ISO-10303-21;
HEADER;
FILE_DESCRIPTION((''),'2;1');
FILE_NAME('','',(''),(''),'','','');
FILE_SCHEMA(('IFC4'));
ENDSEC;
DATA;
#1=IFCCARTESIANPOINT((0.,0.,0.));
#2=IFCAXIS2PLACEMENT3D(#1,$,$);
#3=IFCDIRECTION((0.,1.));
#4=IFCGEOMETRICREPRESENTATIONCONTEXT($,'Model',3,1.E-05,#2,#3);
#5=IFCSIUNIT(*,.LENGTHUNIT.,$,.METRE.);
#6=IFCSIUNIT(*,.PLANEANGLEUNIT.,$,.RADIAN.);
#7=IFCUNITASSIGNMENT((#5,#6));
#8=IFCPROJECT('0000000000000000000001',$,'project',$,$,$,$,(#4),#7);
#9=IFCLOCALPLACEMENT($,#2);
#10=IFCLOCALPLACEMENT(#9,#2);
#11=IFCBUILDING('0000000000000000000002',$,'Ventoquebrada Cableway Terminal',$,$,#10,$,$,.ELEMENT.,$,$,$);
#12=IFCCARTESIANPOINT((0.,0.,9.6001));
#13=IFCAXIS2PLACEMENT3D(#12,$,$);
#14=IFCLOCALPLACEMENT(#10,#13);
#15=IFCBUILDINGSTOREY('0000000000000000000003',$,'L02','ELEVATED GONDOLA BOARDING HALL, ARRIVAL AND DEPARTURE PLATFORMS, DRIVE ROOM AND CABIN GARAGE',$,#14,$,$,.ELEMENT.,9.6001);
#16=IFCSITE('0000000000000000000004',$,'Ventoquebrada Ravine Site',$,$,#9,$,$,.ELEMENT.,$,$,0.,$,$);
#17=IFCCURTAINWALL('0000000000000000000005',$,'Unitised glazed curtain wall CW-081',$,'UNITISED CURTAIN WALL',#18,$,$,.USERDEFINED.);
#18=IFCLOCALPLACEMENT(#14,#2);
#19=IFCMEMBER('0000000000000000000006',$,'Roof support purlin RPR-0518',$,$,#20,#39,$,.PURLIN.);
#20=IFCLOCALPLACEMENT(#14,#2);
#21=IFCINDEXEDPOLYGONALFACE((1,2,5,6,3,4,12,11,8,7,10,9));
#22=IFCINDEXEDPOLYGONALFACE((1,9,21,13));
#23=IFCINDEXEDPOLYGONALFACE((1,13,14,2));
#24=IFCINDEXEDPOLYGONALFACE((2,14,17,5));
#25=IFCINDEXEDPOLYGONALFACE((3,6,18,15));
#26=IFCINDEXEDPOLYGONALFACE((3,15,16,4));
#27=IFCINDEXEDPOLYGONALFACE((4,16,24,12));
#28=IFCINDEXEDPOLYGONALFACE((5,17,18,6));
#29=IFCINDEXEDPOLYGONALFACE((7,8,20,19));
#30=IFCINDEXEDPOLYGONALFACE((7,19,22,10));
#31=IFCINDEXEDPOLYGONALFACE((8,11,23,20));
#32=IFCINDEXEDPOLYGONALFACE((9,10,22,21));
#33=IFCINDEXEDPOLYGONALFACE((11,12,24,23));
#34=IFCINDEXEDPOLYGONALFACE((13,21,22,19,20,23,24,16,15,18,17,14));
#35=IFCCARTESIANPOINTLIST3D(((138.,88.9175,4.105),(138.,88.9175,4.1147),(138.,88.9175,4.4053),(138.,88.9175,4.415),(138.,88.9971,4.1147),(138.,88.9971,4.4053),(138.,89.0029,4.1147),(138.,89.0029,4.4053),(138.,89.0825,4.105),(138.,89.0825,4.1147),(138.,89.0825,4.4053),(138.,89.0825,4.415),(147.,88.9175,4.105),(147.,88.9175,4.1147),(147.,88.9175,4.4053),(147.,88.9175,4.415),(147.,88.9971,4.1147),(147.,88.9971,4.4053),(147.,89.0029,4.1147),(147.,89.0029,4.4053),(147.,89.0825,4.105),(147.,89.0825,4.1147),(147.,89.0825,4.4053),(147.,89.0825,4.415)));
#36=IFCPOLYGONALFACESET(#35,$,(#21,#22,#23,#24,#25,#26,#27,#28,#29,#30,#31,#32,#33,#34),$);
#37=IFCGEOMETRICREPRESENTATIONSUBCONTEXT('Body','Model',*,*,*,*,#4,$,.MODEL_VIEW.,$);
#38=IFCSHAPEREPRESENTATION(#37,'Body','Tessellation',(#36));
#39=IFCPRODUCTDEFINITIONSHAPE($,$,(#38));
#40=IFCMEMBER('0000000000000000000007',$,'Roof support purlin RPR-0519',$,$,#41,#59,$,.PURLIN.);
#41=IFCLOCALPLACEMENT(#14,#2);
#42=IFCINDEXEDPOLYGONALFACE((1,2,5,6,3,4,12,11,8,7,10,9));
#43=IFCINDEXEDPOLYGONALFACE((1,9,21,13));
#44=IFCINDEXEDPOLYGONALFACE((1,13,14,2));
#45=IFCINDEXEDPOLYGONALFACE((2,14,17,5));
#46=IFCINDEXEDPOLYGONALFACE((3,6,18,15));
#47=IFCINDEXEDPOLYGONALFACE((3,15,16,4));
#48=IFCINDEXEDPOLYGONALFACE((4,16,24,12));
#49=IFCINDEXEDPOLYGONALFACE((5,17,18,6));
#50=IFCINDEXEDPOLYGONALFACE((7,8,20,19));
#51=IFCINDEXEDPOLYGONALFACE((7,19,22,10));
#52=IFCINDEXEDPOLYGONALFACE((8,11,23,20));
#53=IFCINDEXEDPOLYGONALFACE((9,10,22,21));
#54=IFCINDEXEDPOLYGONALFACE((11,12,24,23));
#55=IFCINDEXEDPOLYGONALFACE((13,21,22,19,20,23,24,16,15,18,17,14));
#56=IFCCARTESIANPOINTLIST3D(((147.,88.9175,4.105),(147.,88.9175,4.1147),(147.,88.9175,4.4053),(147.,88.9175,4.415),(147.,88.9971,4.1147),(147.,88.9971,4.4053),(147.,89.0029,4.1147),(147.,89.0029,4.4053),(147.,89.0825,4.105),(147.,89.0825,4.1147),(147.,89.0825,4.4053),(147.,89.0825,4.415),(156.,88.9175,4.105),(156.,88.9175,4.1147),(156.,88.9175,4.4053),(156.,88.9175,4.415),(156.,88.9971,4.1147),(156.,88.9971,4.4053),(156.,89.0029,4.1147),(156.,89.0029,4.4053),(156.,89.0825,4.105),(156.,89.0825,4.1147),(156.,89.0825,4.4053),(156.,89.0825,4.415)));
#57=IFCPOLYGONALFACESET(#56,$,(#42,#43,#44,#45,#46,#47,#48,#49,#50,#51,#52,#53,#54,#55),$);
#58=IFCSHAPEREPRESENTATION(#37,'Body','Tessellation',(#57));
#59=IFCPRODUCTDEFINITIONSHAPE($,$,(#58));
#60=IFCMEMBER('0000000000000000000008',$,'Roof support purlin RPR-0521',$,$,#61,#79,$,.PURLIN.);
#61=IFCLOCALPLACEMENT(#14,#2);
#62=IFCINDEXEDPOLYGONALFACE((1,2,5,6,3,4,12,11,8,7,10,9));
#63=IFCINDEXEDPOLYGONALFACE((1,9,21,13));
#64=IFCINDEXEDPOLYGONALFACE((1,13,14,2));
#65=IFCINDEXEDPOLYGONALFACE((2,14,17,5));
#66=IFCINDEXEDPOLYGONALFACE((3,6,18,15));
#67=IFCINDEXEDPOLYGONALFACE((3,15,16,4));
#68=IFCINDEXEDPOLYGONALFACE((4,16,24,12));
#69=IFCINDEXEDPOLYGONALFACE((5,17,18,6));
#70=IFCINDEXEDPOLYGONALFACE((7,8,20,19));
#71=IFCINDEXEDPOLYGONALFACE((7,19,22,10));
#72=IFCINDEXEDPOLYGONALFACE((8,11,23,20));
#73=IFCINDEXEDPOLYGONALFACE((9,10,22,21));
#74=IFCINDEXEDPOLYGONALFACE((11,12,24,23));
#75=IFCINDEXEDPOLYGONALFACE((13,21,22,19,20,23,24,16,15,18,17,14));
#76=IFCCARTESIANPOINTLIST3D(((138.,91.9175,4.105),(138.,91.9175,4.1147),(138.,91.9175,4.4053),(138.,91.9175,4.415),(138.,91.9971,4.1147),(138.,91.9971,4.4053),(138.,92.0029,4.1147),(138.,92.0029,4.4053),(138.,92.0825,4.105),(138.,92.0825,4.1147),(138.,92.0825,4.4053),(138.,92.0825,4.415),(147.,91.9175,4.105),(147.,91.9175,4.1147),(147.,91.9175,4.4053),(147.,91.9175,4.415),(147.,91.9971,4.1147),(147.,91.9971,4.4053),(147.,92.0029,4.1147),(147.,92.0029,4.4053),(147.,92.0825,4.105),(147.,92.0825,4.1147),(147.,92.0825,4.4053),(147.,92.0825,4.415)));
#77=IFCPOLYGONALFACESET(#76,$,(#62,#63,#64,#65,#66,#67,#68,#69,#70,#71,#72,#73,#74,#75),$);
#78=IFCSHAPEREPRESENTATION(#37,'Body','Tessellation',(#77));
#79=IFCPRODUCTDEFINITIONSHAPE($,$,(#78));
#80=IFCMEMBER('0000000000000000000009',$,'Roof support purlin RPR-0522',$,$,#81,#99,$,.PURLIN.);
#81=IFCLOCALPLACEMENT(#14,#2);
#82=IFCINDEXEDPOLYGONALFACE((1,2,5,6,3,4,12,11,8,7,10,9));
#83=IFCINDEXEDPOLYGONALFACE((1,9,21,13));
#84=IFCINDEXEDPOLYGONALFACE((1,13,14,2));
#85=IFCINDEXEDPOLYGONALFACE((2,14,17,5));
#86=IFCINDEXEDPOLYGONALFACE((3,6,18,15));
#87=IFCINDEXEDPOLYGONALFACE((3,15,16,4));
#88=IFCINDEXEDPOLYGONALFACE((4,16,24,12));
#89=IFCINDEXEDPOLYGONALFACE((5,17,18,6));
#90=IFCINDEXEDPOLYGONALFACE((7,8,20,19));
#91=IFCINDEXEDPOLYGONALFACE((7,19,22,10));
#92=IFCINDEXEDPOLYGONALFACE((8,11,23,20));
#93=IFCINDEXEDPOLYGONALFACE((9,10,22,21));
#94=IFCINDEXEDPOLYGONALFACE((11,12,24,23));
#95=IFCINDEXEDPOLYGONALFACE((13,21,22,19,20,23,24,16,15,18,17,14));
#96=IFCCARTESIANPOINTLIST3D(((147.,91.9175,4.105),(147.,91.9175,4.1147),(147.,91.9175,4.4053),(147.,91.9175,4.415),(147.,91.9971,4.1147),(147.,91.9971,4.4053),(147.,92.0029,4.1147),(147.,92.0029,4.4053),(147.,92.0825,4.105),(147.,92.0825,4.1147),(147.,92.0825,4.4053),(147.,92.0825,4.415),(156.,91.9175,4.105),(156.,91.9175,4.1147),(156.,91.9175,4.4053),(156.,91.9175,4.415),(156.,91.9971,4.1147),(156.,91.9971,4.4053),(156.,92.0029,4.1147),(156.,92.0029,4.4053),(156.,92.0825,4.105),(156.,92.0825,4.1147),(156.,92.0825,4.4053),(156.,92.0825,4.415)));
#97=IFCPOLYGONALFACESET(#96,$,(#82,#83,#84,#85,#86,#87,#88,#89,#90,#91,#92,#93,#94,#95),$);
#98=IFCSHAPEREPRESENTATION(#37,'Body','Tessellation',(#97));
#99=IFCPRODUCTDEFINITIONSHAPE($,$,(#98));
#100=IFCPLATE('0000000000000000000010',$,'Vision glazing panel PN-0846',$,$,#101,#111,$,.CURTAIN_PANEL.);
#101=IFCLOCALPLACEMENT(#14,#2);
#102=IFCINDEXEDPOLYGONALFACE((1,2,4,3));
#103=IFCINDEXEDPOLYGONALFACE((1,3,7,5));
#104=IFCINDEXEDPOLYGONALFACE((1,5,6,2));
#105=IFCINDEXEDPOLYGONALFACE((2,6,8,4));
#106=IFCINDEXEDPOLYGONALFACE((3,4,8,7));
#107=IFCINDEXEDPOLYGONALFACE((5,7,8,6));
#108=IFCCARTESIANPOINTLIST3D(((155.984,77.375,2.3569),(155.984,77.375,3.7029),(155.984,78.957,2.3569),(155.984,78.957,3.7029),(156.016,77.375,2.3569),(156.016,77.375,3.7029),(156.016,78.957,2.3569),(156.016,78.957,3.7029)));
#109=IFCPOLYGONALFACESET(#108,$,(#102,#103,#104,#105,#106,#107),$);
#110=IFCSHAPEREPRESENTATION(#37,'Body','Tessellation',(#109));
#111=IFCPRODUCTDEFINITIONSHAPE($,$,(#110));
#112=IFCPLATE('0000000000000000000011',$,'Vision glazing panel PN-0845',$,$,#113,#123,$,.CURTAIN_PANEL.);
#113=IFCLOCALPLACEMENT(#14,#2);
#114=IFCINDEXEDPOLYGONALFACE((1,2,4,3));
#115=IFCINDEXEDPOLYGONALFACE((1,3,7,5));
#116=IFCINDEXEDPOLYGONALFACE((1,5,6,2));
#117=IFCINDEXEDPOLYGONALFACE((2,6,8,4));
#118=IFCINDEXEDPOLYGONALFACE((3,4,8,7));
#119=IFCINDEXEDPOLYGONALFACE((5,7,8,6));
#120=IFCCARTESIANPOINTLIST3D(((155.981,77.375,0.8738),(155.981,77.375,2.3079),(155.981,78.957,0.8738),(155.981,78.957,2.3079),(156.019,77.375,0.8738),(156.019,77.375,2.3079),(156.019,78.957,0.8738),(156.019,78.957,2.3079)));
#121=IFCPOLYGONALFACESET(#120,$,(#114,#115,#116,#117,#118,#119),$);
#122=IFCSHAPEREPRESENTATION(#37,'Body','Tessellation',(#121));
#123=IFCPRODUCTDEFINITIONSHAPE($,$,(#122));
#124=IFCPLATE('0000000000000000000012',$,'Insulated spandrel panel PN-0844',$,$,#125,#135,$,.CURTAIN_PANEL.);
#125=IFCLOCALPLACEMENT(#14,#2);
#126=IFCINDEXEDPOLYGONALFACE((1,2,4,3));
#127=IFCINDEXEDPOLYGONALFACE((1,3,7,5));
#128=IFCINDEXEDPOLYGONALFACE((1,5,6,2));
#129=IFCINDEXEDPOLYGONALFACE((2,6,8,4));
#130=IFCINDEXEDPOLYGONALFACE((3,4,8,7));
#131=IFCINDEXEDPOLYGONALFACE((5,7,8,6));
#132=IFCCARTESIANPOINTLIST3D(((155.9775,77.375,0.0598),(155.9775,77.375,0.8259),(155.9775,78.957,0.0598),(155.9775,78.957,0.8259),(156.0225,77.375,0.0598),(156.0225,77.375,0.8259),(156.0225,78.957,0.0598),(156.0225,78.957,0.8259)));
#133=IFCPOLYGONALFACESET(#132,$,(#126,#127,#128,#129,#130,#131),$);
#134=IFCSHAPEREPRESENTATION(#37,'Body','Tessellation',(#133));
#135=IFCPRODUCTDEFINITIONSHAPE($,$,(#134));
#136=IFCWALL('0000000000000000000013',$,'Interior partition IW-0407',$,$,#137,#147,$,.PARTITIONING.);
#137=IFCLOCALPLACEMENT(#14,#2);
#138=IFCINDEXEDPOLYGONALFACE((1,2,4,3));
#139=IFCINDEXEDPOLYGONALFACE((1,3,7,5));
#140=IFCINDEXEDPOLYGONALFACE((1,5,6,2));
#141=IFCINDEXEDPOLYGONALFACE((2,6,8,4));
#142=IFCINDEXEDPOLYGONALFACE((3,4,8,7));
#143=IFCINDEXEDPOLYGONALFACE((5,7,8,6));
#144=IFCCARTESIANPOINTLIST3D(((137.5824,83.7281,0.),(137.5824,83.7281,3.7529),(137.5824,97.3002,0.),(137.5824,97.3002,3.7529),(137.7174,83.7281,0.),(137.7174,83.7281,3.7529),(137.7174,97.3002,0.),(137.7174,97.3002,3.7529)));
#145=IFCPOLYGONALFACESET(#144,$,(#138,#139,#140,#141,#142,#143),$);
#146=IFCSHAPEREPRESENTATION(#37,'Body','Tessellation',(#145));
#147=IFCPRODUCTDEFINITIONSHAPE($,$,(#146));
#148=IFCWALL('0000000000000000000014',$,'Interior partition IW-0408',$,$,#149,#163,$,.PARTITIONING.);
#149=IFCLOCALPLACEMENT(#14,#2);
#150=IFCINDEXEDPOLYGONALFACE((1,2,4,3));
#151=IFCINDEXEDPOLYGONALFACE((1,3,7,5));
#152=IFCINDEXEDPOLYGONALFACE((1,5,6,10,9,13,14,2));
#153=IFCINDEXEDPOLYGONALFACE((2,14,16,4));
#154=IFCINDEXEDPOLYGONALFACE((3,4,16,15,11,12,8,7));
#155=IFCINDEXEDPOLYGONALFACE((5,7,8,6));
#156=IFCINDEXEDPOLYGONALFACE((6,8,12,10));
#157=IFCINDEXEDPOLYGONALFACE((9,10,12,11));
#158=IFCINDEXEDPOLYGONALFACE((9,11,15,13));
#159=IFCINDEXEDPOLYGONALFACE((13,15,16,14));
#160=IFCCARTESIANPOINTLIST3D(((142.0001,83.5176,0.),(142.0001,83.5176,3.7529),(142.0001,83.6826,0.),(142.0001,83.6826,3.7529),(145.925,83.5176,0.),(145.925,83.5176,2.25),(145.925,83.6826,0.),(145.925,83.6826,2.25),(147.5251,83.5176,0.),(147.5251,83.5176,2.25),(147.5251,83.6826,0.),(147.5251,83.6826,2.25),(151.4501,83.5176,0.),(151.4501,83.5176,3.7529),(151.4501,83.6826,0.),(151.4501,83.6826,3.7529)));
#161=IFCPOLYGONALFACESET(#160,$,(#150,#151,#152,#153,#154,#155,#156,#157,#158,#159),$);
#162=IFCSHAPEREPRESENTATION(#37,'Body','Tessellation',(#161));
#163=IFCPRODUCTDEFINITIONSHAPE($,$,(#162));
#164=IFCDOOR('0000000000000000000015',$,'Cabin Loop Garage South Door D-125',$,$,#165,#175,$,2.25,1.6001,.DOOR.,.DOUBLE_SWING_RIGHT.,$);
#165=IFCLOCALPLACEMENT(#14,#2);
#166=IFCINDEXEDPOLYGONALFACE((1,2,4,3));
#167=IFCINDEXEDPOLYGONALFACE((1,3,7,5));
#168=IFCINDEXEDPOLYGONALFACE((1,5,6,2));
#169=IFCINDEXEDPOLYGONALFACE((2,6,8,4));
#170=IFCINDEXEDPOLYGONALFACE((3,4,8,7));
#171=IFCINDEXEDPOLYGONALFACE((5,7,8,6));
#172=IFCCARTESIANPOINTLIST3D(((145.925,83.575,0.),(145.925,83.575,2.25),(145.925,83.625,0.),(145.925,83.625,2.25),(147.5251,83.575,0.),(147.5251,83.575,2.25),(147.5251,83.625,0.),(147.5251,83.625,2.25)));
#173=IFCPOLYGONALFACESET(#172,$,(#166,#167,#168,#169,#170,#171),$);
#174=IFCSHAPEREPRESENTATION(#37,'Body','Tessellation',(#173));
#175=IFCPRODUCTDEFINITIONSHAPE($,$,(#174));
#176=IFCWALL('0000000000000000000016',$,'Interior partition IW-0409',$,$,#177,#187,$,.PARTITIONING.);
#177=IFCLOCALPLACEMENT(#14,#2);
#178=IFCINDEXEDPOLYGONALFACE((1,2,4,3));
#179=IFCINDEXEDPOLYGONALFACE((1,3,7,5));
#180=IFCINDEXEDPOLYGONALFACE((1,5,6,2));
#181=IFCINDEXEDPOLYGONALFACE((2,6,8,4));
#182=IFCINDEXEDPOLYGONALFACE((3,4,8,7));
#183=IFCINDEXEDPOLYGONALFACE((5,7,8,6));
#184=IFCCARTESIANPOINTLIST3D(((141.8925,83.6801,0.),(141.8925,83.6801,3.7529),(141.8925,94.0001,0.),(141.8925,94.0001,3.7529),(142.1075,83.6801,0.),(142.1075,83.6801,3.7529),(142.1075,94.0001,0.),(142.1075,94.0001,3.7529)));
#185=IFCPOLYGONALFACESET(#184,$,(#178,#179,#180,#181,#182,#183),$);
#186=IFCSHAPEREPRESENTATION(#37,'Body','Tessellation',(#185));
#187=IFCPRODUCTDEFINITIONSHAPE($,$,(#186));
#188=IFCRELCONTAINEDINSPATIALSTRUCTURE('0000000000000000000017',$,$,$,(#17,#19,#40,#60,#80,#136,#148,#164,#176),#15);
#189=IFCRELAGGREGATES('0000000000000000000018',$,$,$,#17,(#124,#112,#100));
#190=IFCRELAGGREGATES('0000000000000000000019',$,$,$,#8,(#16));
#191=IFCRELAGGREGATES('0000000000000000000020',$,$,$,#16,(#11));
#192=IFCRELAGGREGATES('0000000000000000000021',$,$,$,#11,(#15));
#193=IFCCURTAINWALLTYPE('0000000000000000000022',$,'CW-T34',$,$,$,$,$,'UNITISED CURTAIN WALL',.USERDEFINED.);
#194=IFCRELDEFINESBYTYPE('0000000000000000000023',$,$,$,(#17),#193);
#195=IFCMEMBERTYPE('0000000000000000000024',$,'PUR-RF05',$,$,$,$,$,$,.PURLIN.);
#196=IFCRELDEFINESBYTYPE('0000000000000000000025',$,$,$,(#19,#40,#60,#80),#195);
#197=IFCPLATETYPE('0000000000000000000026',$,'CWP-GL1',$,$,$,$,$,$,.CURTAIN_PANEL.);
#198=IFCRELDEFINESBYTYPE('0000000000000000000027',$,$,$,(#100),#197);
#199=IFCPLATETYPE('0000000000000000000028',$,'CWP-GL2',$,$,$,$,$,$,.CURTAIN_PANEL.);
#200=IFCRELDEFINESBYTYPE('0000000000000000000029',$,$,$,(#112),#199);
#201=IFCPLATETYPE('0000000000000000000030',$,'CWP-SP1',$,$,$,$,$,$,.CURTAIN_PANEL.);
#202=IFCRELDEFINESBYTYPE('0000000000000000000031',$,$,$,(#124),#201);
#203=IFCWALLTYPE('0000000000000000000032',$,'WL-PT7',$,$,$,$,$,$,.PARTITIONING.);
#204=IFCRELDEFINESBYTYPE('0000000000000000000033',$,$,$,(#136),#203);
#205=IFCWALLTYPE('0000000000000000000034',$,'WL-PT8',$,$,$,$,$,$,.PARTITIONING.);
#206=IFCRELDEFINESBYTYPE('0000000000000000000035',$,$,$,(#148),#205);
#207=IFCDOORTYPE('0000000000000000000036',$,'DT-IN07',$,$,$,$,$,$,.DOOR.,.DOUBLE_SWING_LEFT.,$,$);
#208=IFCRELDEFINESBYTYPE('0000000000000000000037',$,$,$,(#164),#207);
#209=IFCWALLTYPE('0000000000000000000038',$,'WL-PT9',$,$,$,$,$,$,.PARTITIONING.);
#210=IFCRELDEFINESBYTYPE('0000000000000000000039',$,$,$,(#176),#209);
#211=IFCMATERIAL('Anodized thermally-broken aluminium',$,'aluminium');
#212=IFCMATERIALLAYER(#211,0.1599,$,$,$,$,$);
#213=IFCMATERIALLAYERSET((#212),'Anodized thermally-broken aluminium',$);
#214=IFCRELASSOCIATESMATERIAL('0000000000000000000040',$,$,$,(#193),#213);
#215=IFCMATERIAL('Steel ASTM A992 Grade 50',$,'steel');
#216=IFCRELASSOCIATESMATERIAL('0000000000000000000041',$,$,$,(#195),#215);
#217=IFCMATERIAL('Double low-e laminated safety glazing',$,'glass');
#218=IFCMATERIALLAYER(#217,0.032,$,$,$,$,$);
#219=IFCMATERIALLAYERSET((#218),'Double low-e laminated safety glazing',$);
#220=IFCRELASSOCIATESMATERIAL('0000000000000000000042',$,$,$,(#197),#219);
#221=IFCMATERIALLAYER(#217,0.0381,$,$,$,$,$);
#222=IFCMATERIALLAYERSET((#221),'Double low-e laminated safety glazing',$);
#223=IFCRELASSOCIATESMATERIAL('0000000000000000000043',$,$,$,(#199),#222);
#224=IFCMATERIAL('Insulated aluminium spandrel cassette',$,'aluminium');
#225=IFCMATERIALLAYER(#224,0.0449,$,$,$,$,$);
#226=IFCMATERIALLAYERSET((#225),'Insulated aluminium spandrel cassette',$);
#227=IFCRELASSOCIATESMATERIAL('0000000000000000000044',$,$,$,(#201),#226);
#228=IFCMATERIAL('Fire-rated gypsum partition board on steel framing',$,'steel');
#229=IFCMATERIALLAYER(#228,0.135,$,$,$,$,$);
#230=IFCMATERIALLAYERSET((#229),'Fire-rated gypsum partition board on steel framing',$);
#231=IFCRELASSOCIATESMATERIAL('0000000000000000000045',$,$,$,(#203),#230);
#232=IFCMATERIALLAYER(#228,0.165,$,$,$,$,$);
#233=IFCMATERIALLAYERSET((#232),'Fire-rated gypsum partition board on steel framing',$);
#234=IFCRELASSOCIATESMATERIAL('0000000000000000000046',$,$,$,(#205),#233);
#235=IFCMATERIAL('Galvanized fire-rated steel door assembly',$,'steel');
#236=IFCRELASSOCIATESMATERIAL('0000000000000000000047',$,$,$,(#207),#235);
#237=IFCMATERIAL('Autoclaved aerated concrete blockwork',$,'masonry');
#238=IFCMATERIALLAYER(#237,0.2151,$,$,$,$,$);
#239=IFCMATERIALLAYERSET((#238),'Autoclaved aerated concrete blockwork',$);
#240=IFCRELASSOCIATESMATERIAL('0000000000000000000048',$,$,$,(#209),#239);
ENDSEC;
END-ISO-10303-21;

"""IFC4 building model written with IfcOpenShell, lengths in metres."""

from ifc_helpers import new_model, si_unit, direction, frame, frame_2d, origin, origin_2d, place, context, subcontext, project, spatial, rectangle, i_section, extrude, material, layer, layer_set, material_profile, profile_set, type_object, element, fill, aggregate, save


model = new_model("IFC4")

# Units and contexts
model_context = context("Model", 3, precision=1e-05, world=origin(), true_north=direction((0.0, 1.0)))
body_context = subcontext(model_context, "Body", "Model", "MODEL_VIEW")
ifc_project = project(units=[si_unit("LENGTHUNIT", "METRE"), si_unit("PLANEANGLEUNIT", "RADIAN")], contexts=[model_context])

# Site, building, storey
site_placement = place(None, origin())
site = spatial("IfcSite", under=ifc_project, at=site_placement, Name="Ventoquebrada Ravine Site", CompositionType="ELEMENT", RefElevation=0.0)
building_placement = place(site_placement, origin())
building = spatial("IfcBuilding", under=site, at=building_placement, Name="Ventoquebrada Cableway Terminal", CompositionType="ELEMENT")
storey_placement = place(building_placement, frame((0.0, 0.0, 9.6001)))
storey = spatial("IfcBuildingStorey", under=building, at=storey_placement, Name="L02", Description="ELEVATED GONDOLA BOARDING HALL, ARRIVAL AND DEPARTURE PLATFORMS, DRIVE ROOM AND CABIN GARAGE", CompositionType="ELEMENT", Elevation=9.6001)

# Shared definitions
ifc_material_1 = material(Name="Steel ASTM A992 Grade 50", Category="steel")

# Curtain wall
ifc_material_2 = material(Name="Anodized thermally-broken aluminium", Category="aluminium")
ifc_layer_1 = layer(ifc_material_2, 0.1599)
ifc_layer_set_1 = layer_set([ifc_layer_1], Name="Anodized thermally-broken aluminium")
curtain_wall_type = type_object("IfcCurtainWallType", Name="CW-T34", ElementType="UNITISED CURTAIN WALL", PredefinedType="USERDEFINED", material=ifc_layer_set_1)
curtain_wall_placement = place(storey_placement, origin())
curtain_wall = element("IfcCurtainWall", 1, at=curtain_wall_placement, inside=storey, type_object=curtain_wall_type, Name="Unitised glazed curtain wall CW-081", ObjectType="UNITISED CURTAIN WALL", PredefinedType="USERDEFINED")

# Members
ifc_material_profile_1 = material_profile(ifc_material_1, i_section(OverallWidth=0.165, OverallDepth=0.3101, WebThickness=0.0059, FlangeThickness=0.0098, at=origin_2d()), Name="W12X26")
ifc_profile_set_1 = profile_set([ifc_material_profile_1], Name="Steel ASTM A992 Grade 50")
member_type_1 = type_object("IfcMemberType", Name="PUR-RF05", PredefinedType="PURLIN", material=ifc_profile_set_1)
for number, where, z_axis, x_axis, name in (
    (2, (138.0, 89.0, 4.26), (1.0, 0.0, 0.0), (0.0, 1.0, 0.0), "Roof support purlin RPR-0518"),
    (3, (147.0, 89.0, 4.26), (1.0, 0.0, 0.0), (0.0, 1.0, 0.0), "Roof support purlin RPR-0519"),
    (4, (138.0, 92.0, 4.26), (1.0, 0.0, 0.0), (0.0, 1.0, 0.0), "Roof support purlin RPR-0521"),
    (5, (147.0, 92.0, 4.26), (1.0, 0.0, 0.0), (0.0, 1.0, 0.0), "Roof support purlin RPR-0522"),
):
    element("IfcMember", number, at=place(storey_placement, frame(where, z_axis=z_axis, x_axis=x_axis)), inside=storey, type_object=member_type_1, Name=name, PredefinedType="PURLIN", context=body_context, shape_type="SweptSolid", body=[
        extrude(i_section(OverallWidth=0.165, OverallDepth=0.3101, WebThickness=0.0059, FlangeThickness=0.0098, at=origin_2d()), origin(), (0.0, 0.0, 1.0), 9.0),
    ])

# Plates
ifc_material_3 = material(Name="Double low-e laminated safety glazing", Category="glass")
ifc_layer_2 = layer(ifc_material_3, 0.032)
ifc_layer_set_2 = layer_set([ifc_layer_2], Name="Double low-e laminated safety glazing")
plate_type_1 = type_object("IfcPlateType", Name="CWP-GL1", PredefinedType="CURTAIN_PANEL", material=ifc_layer_set_2)
plate_1_placement = place(storey_placement, frame((156.0, 78.166, 2.3569), z_axis=(0.0, 0.0, 1.0), x_axis=(0.0, 1.0, 0.0)))
plate_1 = element("IfcPlate", 6, at=plate_1_placement, type_object=plate_type_1, Name="Vision glazing panel PN-0846", PredefinedType="CURTAIN_PANEL", context=body_context, shape_type="SweptSolid", body=[
    extrude(rectangle(XDim=1.582, YDim=0.032, at=origin_2d()), origin(), (0.0, 0.0, 1.0), 1.3459),
])
ifc_layer_3 = layer(ifc_material_3, 0.0381)
ifc_layer_set_3 = layer_set([ifc_layer_3], Name="Double low-e laminated safety glazing")
plate_type_2 = type_object("IfcPlateType", Name="CWP-GL2", PredefinedType="CURTAIN_PANEL", material=ifc_layer_set_3)
plate_2_placement = place(storey_placement, frame((156.0, 78.166, 0.8738), z_axis=(0.0, 0.0, 1.0), x_axis=(0.0, 1.0, 0.0)))
plate_2 = element("IfcPlate", 7, at=plate_2_placement, type_object=plate_type_2, Name="Vision glazing panel PN-0845", PredefinedType="CURTAIN_PANEL", context=body_context, shape_type="SweptSolid", body=[
    extrude(rectangle(XDim=1.582, YDim=0.0381, at=origin_2d()), origin(), (0.0, 0.0, 1.0), 1.4341),
])
ifc_material_4 = material(Name="Insulated aluminium spandrel cassette", Category="aluminium")
ifc_layer_4 = layer(ifc_material_4, 0.0449)
ifc_layer_set_4 = layer_set([ifc_layer_4], Name="Insulated aluminium spandrel cassette")
plate_type_3 = type_object("IfcPlateType", Name="CWP-SP1", PredefinedType="CURTAIN_PANEL", material=ifc_layer_set_4)
plate_3_placement = place(storey_placement, frame((156.0, 78.166, 0.0598), z_axis=(0.0, 0.0, 1.0), x_axis=(0.0, 1.0, 0.0)))
plate_3 = element("IfcPlate", 8, at=plate_3_placement, type_object=plate_type_3, Name="Insulated spandrel panel PN-0844", PredefinedType="CURTAIN_PANEL", context=body_context, shape_type="SweptSolid", body=[
    extrude(rectangle(XDim=1.582, YDim=0.0449, at=origin_2d()), origin(), (0.0, 0.0, 1.0), 0.7661),
])
aggregate(curtain_wall, [plate_3, plate_2, plate_1])

# Wall
ifc_material_5 = material(Name="Fire-rated gypsum partition board on steel framing", Category="steel")
ifc_layer_5 = layer(ifc_material_5, 0.135)
ifc_layer_set_5 = layer_set([ifc_layer_5], Name="Fire-rated gypsum partition board on steel framing")
wall_type_1 = type_object("IfcWallType", Name="WL-PT7", PredefinedType="PARTITIONING", material=ifc_layer_set_5)
wall_1_placement = place(storey_placement, frame((137.6499, 83.728, 0.0), z_axis=(0.0, 0.0, 1.0), x_axis=(0.0, 1.0, 0.0)))
element("IfcWall", 9, at=wall_1_placement, inside=storey, type_object=wall_type_1, Name="Interior partition IW-0407", PredefinedType="PARTITIONING", context=body_context, shape_type="SweptSolid", body=[
    extrude(rectangle(XDim=13.572, YDim=0.135, at=frame_2d((6.7861, 0.0))), origin(), (0.0, 0.0, 1.0), 3.7529),
])

# Wall, opening, door
ifc_layer_6 = layer(ifc_material_5, 0.165)
ifc_layer_set_6 = layer_set([ifc_layer_6], Name="Fire-rated gypsum partition board on steel framing")
wall_type_2 = type_object("IfcWallType", Name="WL-PT8", PredefinedType="PARTITIONING", material=ifc_layer_set_6)
wall_2_placement = place(storey_placement, frame((142.0, 83.6001, 0.0), z_axis=(0.0, 0.0, 1.0), x_axis=(1.0, 0.0, 0.0)))
wall_2 = element("IfcWall", 10, at=wall_2_placement, inside=storey, type_object=wall_type_2, Name="Interior partition IW-0408", PredefinedType="PARTITIONING", context=body_context, shape_type="SweptSolid", body=[
    extrude(rectangle(XDim=9.45, YDim=0.165, at=frame_2d((4.7251, 0.0))), origin(), (0.0, 0.0, 1.0), 3.7529),
])
opening_1_placement = place(wall_2_placement, frame((3.925, 0.0, 0.0)))
opening_1 = element("IfcOpeningElement", 11, at=opening_1_placement, cuts=wall_2, PredefinedType="OPENING", context=body_context, shape_type="SweptSolid", body=[
    extrude(rectangle(XDim=1.6001, YDim=2.25, at=frame_2d((0.8, 1.125))), frame((0.0, 0.0925, 0.0), z_axis=(0.0, -1.0, 0.0), x_axis=(1.0, 0.0, 0.0)), (0.0, 0.0, 1.0), 0.1851),
])
ifc_material_6 = material(Name="Galvanized fire-rated steel door assembly", Category="steel")
door_type_1 = type_object("IfcDoorType", Name="DT-IN07", OperationType="DOUBLE_SWING_LEFT", PredefinedType="DOOR", material=ifc_material_6)
door_1_placement = place(opening_1_placement, origin())
door_1 = element("IfcDoor", 12, at=door_1_placement, inside=storey, type_object=door_type_1, Name="Cabin Loop Garage South Door D-125", OperationType="DOUBLE_SWING_RIGHT", OverallHeight=2.25, OverallWidth=1.6001, PredefinedType="DOOR", context=body_context, shape_type="SweptSolid", body=[
    extrude(rectangle(XDim=1.6001, YDim=2.25, at=frame_2d((0.8, 1.125))), frame((0.0, 0.0249, 0.0), z_axis=(0.0, -1.0, 0.0), x_axis=(1.0, 0.0, 0.0)), (0.0, 0.0, 1.0), 0.05),
])
fill(opening_1, door_1)

# Wall
ifc_material_7 = material(Name="Autoclaved aerated concrete blockwork", Category="masonry")
ifc_layer_7 = layer(ifc_material_7, 0.2151)
ifc_layer_set_7 = layer_set([ifc_layer_7], Name="Autoclaved aerated concrete blockwork")
wall_type_3 = type_object("IfcWallType", Name="WL-PT9", PredefinedType="PARTITIONING", material=ifc_layer_set_7)
wall_3_placement = place(storey_placement, frame((142.0, 83.6799, 0.0), z_axis=(0.0, 0.0, 1.0), x_axis=(0.0, 1.0, 0.0)))
element("IfcWall", 13, at=wall_3_placement, inside=storey, type_object=wall_type_3, Name="Interior partition IW-0409", PredefinedType="PARTITIONING", context=body_context, shape_type="SweptSolid", body=[
    extrude(rectangle(XDim=10.3201, YDim=0.2151, at=frame_2d((5.1602, 0.0))), origin(), (0.0, 0.0, 1.0), 3.7529),
])

save(model, "model.ifc")
